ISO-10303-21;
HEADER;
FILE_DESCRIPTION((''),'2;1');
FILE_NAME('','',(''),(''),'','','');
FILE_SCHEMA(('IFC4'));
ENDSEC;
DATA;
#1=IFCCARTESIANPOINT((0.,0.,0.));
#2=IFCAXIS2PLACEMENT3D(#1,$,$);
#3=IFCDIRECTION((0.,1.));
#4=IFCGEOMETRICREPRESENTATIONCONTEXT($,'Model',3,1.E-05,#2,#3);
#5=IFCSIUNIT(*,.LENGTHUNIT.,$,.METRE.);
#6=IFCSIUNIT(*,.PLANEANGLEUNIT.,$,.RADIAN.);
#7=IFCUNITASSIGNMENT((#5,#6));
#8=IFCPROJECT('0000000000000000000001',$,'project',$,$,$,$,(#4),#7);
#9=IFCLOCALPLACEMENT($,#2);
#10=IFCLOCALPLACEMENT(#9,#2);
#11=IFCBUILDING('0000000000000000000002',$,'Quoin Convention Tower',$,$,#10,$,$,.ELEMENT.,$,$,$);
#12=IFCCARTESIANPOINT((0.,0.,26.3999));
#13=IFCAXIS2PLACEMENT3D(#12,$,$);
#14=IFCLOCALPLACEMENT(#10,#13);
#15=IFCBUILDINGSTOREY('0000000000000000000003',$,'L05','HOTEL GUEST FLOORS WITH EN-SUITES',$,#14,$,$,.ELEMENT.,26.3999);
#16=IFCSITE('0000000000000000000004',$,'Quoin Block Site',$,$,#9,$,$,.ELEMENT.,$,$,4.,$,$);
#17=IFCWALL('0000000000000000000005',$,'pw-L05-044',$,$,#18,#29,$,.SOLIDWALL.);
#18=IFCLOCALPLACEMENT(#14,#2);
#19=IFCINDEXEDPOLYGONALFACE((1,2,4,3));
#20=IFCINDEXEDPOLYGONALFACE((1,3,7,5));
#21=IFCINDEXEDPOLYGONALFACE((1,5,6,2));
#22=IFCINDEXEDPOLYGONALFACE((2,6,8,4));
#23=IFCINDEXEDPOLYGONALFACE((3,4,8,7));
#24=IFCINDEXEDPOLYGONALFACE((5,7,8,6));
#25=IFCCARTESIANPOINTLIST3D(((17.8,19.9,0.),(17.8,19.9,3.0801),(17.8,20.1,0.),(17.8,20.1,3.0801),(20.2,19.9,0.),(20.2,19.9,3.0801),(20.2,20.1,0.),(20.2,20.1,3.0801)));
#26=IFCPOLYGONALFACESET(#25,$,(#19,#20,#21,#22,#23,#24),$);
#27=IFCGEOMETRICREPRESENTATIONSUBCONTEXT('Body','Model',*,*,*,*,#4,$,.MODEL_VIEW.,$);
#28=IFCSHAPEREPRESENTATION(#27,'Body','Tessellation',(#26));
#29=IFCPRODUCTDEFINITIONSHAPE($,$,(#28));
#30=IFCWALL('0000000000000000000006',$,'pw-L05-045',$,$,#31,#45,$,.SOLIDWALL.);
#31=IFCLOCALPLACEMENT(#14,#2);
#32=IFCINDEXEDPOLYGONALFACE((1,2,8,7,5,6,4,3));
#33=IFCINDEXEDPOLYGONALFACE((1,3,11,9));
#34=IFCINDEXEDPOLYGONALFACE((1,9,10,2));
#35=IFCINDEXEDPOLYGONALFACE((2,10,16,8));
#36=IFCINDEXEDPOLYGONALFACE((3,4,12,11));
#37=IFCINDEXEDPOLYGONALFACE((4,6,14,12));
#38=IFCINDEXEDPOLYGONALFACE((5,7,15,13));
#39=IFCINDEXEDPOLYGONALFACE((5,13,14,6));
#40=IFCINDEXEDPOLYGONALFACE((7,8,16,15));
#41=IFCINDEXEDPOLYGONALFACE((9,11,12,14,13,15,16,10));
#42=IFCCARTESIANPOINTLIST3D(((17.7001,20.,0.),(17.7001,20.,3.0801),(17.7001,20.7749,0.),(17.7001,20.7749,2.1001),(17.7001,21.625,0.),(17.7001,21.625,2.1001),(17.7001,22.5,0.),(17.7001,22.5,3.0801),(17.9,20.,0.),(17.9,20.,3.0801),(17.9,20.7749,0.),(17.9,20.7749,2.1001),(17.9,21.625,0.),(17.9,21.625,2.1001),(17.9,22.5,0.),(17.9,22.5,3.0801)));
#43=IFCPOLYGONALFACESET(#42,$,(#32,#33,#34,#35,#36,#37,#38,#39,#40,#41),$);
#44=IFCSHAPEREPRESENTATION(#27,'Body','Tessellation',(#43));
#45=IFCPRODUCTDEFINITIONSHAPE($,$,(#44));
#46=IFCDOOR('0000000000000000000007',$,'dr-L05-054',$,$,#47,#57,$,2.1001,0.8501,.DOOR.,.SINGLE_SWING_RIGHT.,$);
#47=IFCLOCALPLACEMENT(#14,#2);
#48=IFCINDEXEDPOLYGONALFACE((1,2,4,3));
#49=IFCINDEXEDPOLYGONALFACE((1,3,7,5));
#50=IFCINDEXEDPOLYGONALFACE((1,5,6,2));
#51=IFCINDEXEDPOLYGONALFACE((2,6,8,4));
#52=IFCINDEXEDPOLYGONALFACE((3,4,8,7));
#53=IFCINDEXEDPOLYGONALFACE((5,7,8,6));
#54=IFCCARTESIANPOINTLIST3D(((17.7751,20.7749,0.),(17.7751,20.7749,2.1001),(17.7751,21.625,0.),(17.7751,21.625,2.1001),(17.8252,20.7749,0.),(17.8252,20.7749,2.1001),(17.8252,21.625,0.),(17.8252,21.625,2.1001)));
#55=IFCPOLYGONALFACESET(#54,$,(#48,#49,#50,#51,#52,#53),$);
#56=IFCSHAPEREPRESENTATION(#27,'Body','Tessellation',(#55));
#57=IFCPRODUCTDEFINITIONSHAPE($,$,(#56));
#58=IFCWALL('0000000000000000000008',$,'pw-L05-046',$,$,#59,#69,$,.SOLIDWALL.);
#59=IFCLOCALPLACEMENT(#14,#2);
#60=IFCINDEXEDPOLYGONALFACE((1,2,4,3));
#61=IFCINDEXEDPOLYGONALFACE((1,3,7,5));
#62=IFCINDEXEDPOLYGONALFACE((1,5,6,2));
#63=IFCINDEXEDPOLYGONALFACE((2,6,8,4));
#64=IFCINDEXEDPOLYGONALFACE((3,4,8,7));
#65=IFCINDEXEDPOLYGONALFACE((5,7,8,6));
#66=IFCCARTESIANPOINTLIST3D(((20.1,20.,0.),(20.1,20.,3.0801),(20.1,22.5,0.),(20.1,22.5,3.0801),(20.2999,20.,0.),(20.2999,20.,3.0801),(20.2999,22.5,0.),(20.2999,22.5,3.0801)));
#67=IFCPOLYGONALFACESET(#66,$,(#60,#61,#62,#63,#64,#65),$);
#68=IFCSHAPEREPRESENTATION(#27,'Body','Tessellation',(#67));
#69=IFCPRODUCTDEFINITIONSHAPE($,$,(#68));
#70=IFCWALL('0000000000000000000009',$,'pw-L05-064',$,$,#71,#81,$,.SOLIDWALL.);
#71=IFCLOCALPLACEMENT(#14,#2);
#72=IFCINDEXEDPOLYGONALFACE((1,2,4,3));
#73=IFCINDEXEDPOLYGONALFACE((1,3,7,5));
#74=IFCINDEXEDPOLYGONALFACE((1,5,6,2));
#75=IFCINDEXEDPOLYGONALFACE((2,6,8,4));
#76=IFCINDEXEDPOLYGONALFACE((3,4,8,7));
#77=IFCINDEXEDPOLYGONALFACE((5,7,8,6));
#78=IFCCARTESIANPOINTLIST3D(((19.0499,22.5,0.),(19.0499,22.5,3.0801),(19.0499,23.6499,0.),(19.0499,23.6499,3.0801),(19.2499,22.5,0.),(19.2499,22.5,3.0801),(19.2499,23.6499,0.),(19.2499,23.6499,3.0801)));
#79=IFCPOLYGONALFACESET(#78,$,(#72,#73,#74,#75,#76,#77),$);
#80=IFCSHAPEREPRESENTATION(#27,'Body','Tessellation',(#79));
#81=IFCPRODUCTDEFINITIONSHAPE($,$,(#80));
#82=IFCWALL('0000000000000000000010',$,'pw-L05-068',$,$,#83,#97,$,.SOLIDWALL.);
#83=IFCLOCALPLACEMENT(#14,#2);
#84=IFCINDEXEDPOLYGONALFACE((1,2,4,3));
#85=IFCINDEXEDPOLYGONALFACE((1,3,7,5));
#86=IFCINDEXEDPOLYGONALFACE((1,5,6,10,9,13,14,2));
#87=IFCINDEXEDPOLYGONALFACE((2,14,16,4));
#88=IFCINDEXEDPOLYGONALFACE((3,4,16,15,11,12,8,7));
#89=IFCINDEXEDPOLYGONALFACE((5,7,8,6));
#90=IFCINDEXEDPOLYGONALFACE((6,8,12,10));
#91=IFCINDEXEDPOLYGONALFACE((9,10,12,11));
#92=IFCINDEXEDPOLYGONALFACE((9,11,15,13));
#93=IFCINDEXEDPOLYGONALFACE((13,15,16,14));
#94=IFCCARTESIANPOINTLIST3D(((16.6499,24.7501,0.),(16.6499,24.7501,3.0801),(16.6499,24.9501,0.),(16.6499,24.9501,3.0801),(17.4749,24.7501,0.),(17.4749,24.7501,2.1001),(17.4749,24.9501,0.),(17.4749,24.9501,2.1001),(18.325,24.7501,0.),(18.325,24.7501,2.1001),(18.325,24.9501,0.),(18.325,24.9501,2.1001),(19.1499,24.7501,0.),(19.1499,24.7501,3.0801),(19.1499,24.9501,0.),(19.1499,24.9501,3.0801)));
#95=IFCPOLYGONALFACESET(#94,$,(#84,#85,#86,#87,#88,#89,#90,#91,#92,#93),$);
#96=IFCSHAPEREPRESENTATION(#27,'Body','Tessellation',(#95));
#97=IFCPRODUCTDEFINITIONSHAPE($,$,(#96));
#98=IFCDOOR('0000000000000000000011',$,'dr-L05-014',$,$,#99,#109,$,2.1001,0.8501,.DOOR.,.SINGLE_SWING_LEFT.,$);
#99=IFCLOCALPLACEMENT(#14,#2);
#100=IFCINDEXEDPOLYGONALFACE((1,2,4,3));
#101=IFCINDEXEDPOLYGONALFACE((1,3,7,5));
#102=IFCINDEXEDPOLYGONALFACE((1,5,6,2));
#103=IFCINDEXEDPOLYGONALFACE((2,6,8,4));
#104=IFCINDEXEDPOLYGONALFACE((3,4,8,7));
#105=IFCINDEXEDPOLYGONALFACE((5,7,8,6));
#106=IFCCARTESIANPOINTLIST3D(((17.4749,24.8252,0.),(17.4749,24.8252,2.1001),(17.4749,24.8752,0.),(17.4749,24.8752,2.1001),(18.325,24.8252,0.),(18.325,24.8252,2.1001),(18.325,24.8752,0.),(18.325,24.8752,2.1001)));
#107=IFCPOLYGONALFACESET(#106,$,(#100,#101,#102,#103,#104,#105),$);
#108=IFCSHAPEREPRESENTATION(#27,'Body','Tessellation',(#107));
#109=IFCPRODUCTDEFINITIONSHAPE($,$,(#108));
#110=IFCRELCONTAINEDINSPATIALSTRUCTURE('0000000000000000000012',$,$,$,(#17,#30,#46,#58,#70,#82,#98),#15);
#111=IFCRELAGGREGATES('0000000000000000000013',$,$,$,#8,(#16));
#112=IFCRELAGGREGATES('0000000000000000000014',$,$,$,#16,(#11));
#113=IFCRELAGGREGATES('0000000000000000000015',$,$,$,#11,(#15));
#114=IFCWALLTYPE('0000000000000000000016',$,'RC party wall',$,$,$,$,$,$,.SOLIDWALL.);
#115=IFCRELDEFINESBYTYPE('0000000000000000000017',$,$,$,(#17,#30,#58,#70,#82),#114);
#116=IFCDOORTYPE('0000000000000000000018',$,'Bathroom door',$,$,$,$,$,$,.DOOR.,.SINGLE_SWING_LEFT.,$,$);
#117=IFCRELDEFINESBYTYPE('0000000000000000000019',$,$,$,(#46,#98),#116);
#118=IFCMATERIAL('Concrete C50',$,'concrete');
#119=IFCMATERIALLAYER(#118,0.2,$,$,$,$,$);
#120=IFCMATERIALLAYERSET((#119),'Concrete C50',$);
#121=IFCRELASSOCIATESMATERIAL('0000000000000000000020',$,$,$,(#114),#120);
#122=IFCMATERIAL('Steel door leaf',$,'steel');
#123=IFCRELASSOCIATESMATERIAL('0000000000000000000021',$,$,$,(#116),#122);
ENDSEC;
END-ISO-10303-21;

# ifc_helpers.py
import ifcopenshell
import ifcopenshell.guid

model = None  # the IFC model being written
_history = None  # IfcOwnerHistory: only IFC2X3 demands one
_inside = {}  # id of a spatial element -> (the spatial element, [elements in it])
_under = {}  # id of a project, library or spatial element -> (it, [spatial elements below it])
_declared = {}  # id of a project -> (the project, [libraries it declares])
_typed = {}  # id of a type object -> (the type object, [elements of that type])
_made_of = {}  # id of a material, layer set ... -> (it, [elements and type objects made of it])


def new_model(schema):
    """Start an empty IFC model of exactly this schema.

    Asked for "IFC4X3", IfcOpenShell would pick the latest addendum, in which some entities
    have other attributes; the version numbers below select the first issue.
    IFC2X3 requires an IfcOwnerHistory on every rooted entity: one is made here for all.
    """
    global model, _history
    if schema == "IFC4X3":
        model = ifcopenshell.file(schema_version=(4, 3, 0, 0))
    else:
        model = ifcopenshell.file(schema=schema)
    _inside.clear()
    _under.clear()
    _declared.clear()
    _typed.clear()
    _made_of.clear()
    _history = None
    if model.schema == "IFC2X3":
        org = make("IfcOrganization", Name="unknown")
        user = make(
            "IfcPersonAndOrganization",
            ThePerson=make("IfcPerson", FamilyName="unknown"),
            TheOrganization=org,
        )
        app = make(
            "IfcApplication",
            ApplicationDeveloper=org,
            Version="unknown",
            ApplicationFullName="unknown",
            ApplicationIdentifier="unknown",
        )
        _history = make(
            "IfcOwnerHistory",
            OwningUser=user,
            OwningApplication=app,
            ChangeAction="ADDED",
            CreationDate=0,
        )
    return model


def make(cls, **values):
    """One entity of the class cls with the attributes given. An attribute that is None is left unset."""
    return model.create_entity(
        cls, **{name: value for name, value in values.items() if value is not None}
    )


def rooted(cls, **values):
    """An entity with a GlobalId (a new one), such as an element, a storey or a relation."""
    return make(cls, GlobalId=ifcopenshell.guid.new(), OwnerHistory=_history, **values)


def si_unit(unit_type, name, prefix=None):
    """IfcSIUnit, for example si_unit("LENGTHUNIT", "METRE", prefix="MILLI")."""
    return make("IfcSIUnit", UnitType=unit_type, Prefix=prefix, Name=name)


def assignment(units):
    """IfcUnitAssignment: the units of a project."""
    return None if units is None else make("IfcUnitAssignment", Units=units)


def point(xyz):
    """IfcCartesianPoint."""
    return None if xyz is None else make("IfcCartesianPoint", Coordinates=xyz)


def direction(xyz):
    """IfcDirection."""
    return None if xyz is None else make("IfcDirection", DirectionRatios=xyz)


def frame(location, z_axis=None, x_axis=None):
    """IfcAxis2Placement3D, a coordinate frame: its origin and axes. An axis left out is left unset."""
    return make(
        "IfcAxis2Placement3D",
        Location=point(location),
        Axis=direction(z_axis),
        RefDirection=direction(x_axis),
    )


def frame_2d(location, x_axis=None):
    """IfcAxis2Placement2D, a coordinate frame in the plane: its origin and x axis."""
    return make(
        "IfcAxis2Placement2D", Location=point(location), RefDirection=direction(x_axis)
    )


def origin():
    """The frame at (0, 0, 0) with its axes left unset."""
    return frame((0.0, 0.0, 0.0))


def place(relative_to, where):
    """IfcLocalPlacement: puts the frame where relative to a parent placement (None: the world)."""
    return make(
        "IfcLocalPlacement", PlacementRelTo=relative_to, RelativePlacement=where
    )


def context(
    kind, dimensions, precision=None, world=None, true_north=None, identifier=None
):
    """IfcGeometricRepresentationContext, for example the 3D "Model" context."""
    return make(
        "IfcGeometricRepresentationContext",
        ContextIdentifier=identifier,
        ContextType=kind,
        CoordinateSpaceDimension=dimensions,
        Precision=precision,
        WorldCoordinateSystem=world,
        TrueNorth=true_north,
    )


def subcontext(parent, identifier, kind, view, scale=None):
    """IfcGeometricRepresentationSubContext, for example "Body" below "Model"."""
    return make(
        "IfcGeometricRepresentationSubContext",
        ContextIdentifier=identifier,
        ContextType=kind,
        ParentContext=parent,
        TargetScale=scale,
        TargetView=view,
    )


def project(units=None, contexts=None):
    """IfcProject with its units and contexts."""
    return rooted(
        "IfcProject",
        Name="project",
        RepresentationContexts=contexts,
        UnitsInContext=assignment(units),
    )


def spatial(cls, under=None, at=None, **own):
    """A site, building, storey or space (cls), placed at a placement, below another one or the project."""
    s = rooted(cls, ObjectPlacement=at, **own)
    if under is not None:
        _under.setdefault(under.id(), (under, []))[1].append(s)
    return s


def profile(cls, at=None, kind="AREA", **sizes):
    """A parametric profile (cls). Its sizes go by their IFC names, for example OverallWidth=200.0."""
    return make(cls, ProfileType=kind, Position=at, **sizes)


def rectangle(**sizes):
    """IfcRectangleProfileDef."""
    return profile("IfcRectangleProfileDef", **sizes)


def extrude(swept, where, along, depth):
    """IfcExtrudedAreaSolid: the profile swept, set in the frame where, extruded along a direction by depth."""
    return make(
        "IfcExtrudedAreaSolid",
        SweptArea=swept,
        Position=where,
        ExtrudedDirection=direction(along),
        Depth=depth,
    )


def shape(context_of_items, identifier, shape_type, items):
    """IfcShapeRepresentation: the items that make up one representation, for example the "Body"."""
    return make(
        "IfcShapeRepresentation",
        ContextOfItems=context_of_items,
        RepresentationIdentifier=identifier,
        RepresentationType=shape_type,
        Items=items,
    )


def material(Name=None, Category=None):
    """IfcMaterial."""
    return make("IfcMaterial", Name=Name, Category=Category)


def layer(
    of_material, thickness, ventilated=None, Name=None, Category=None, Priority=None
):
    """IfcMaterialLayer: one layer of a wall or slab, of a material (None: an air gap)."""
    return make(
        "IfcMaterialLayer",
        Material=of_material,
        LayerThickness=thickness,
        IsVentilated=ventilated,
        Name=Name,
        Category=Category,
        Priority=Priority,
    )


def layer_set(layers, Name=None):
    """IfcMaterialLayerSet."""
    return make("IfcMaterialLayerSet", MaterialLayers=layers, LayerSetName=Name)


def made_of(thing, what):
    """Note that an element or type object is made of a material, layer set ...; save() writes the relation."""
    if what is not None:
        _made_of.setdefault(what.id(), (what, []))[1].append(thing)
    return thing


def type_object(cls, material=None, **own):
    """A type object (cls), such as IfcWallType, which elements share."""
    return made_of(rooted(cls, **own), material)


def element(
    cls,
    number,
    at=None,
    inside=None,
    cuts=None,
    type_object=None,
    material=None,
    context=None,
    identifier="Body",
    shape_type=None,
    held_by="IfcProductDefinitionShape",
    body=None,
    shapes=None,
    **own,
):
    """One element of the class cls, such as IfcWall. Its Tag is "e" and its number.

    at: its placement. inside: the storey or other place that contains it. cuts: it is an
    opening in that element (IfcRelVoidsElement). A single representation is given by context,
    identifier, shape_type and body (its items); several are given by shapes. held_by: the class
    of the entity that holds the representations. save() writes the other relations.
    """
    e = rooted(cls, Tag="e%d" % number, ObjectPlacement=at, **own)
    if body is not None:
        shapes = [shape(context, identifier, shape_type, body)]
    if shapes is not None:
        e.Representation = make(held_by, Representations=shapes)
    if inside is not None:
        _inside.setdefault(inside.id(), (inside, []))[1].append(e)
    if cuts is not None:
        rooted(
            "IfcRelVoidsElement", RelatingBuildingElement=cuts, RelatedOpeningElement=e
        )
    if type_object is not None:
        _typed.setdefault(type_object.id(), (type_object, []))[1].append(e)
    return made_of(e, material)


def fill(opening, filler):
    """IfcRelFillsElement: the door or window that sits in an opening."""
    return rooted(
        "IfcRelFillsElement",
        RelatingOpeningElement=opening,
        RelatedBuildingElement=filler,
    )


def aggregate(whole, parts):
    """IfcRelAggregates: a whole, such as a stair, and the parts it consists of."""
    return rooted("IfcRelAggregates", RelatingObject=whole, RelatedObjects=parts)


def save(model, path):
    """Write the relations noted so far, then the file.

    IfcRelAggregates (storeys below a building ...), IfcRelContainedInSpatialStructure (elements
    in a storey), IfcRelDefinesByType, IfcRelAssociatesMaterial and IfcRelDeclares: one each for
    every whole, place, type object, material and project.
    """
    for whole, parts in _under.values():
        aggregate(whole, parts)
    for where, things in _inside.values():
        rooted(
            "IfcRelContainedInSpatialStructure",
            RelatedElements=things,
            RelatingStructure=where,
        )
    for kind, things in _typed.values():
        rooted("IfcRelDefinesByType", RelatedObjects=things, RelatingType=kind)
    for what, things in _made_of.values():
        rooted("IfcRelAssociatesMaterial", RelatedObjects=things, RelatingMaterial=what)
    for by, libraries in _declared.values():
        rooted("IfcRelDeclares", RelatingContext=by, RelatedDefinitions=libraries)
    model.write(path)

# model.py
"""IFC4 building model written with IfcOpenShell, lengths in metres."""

from ifc_helpers import new_model, si_unit, direction, frame, frame_2d, origin, place, context, subcontext, project, spatial, rectangle, extrude, material, layer, layer_set, type_object, element, fill, save


model = new_model("IFC4")

# Units and contexts
model_context = context("Model", 3, precision=1e-05, world=origin(), true_north=direction((0.0, 1.0)))
body_context = subcontext(model_context, "Body", "Model", "MODEL_VIEW")
ifc_project = project(units=[si_unit("LENGTHUNIT", "METRE"), si_unit("PLANEANGLEUNIT", "RADIAN")], contexts=[model_context])

# Site, building, storey
site_placement = place(None, origin())
site = spatial("IfcSite", under=ifc_project, at=site_placement, Name="Quoin Block Site", CompositionType="ELEMENT", RefElevation=4.0)
building_placement = place(site_placement, origin())
building = spatial("IfcBuilding", under=site, at=building_placement, Name="Quoin Convention Tower", CompositionType="ELEMENT")
storey_placement = place(building_placement, frame((0.0, 0.0, 26.3999)))
storey = spatial("IfcBuildingStorey", under=building, at=storey_placement, Name="L05", Description="HOTEL GUEST FLOORS WITH EN-SUITES", CompositionType="ELEMENT", Elevation=26.3999)

# Wall
ifc_material_1 = material(Name="Concrete C50", Category="concrete")
ifc_layer_1 = layer(ifc_material_1, 0.2)
ifc_layer_set_1 = layer_set([ifc_layer_1], Name="Concrete C50")
wall_type_1 = type_object("IfcWallType", Name="RC party wall", PredefinedType="SOLIDWALL", material=ifc_layer_set_1)
wall_1_placement = place(storey_placement, frame((17.8, 20.0, 0.0), z_axis=(0.0, 0.0, 1.0), x_axis=(1.0, 0.0, 0.0)))
element("IfcWall", 1, at=wall_1_placement, inside=storey, type_object=wall_type_1, Name="pw-L05-044", PredefinedType="SOLIDWALL", context=body_context, shape_type="SweptSolid", body=[
    extrude(rectangle(XDim=2.3999, YDim=0.2, at=frame_2d((1.2, 0.0))), origin(), (0.0, 0.0, 1.0), 3.0801),
])

# Wall, opening, door
wall_2_placement = place(storey_placement, frame((17.8, 20.0, 0.0), z_axis=(0.0, 0.0, 1.0), x_axis=(0.0, 1.0, 0.0)))
wall_2 = element("IfcWall", 2, at=wall_2_placement, inside=storey, type_object=wall_type_1, Name="pw-L05-045", PredefinedType="SOLIDWALL", context=body_context, shape_type="SweptSolid", body=[
    extrude(rectangle(XDim=2.5, YDim=0.2, at=frame_2d((1.25, 0.0))), origin(), (0.0, 0.0, 1.0), 3.0801),
])
opening_1_placement = place(wall_2_placement, frame((0.7749, 0.0, 0.0)))
opening_1 = element("IfcOpeningElement", 3, at=opening_1_placement, cuts=wall_2, PredefinedType="OPENING", context=body_context, shape_type="SweptSolid", body=[
    extrude(rectangle(XDim=0.8501, YDim=2.1001, at=frame_2d((0.425, 1.05))), frame((0.0, 0.1099, 0.0), z_axis=(0.0, -1.0, 0.0), x_axis=(1.0, 0.0, 0.0)), (0.0, 0.0, 1.0), 0.22),
])
ifc_material_2 = material(Name="Steel door leaf", Category="steel")
door_type_1 = type_object("IfcDoorType", Name="Bathroom door", OperationType="SINGLE_SWING_LEFT", PredefinedType="DOOR", material=ifc_material_2)
door_1_placement = place(opening_1_placement, origin())
door_1 = element("IfcDoor", 4, at=door_1_placement, inside=storey, type_object=door_type_1, Name="dr-L05-054", OperationType="SINGLE_SWING_RIGHT", OverallHeight=2.1001, OverallWidth=0.8501, PredefinedType="DOOR", context=body_context, shape_type="SweptSolid", body=[
    extrude(rectangle(XDim=0.8501, YDim=2.1001, at=frame_2d((0.425, 1.05))), frame((0.0, 0.0249, 0.0), z_axis=(0.0, -1.0, 0.0), x_axis=(1.0, 0.0, 0.0)), (0.0, 0.0, 1.0), 0.05),
])
fill(opening_1, door_1)

# Walls
wall_3_placement = place(storey_placement, frame((20.2, 20.0, 0.0), z_axis=(0.0, 0.0, 1.0), x_axis=(0.0, 1.0, 0.0)))
element("IfcWall", 5, at=wall_3_placement, inside=storey, type_object=wall_type_1, Name="pw-L05-046", PredefinedType="SOLIDWALL", context=body_context, shape_type="SweptSolid", body=[
    extrude(rectangle(XDim=2.5, YDim=0.2, at=frame_2d((1.25, 0.0))), origin(), (0.0, 0.0, 1.0), 3.0801),
])
wall_4_placement = place(storey_placement, frame((19.1499, 22.5, 0.0), z_axis=(0.0, 0.0, 1.0), x_axis=(0.0, 1.0, 0.0)))
element("IfcWall", 6, at=wall_4_placement, inside=storey, type_object=wall_type_1, Name="pw-L05-064", PredefinedType="SOLIDWALL", context=body_context, shape_type="SweptSolid", body=[
    extrude(rectangle(XDim=1.1499, YDim=0.2, at=frame_2d((0.575, 0.0))), origin(), (0.0, 0.0, 1.0), 3.0801),
])

# Wall, opening, door
wall_5_placement = place(storey_placement, frame((16.6499, 24.8501, 0.0), z_axis=(0.0, 0.0, 1.0), x_axis=(1.0, 0.0, 0.0)))
wall_5 = element("IfcWall", 7, at=wall_5_placement, inside=storey, type_object=wall_type_1, Name="pw-L05-068", PredefinedType="SOLIDWALL", context=body_context, shape_type="SweptSolid", body=[
    extrude(rectangle(XDim=2.5, YDim=0.2, at=frame_2d((1.25, 0.0))), origin(), (0.0, 0.0, 1.0), 3.0801),
])
opening_2_placement = place(wall_5_placement, frame((0.825, 0.0, 0.0)))
opening_2 = element("IfcOpeningElement", 8, at=opening_2_placement, cuts=wall_5, PredefinedType="OPENING", context=body_context, shape_type="SweptSolid", body=[
    extrude(rectangle(XDim=0.8501, YDim=2.1001, at=frame_2d((0.425, 1.05))), frame((0.0, 0.1099, 0.0), z_axis=(0.0, -1.0, 0.0), x_axis=(1.0, 0.0, 0.0)), (0.0, 0.0, 1.0), 0.22),
])
door_2_placement = place(opening_2_placement, frame((0.8501, 0.0, 0.0), z_axis=(0.0, 0.0, 1.0), x_axis=(-1.0, 0.0, 0.0)))
door_2 = element("IfcDoor", 9, at=door_2_placement, inside=storey, type_object=door_type_1, Name="dr-L05-014", OperationType="SINGLE_SWING_LEFT", OverallHeight=2.1001, OverallWidth=0.8501, PredefinedType="DOOR", context=body_context, shape_type="SweptSolid", body=[
    extrude(rectangle(XDim=0.8501, YDim=2.1001, at=frame_2d((0.425, 1.05))), frame((0.0, 0.0249, 0.0), z_axis=(0.0, -1.0, 0.0), x_axis=(1.0, 0.0, 0.0)), (0.0, 0.0, 1.0), 0.05),
])
fill(opening_2, door_2)

save(model, "model.ifc")
